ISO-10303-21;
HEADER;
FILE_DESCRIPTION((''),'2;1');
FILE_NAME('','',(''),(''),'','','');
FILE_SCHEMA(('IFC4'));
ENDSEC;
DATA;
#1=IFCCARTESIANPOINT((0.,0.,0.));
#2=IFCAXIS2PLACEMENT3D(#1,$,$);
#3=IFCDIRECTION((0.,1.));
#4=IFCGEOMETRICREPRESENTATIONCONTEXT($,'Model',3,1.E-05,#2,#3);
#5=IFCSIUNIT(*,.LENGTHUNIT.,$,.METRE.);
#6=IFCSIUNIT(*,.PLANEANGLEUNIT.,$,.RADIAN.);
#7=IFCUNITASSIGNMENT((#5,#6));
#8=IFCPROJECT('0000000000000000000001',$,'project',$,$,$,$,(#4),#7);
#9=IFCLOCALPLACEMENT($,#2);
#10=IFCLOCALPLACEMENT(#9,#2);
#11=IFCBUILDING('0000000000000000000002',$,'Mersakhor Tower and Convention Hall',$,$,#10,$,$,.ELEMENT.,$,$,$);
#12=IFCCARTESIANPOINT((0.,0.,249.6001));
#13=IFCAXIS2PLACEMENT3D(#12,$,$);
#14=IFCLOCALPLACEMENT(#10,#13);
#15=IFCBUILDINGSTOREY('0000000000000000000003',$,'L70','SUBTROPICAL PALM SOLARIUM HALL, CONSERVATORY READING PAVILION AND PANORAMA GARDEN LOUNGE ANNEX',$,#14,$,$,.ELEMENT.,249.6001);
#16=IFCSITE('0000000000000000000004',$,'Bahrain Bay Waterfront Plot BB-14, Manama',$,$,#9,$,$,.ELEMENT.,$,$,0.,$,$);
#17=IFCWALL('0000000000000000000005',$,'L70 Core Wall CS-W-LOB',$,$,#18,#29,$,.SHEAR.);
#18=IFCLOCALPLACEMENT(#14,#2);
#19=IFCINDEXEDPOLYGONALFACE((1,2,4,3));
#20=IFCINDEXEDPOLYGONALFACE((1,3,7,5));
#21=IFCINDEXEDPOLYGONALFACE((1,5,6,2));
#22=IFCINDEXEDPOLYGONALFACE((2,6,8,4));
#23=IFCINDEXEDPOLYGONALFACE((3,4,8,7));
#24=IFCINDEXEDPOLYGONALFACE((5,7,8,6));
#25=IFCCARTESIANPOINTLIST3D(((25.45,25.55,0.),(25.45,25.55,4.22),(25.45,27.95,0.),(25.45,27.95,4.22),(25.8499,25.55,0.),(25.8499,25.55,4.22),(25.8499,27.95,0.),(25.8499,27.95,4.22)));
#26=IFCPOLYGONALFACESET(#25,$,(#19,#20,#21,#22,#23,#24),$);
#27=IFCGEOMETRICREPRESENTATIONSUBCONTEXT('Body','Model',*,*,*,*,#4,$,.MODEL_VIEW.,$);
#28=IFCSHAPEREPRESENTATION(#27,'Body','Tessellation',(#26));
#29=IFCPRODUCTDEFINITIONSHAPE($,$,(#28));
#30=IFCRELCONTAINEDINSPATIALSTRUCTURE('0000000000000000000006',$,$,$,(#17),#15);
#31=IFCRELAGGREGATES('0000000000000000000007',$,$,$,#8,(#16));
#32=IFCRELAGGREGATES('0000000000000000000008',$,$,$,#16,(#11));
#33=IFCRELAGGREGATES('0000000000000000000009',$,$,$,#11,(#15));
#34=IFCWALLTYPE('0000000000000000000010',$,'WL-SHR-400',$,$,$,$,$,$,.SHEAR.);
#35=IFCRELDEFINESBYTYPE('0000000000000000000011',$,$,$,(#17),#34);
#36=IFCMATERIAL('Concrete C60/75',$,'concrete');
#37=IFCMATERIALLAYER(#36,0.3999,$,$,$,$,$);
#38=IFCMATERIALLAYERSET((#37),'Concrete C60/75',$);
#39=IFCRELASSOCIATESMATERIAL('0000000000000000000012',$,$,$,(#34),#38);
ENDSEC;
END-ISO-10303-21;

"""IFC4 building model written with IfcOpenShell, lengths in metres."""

from ifc_helpers import new_model, si_unit, direction, frame, frame_2d, origin, place, context, subcontext, project, spatial, rectangle, extrude, material, layer, layer_set, type_object, element, save


model = new_model("IFC4")

# Units and contexts
model_context = context("Model", 3, precision=1e-05, world=origin(), true_north=direction((0.0, 1.0)))
body_context = subcontext(model_context, "Body", "Model", "MODEL_VIEW")
ifc_project = project(units=[si_unit("LENGTHUNIT", "METRE"), si_unit("PLANEANGLEUNIT", "RADIAN")], contexts=[model_context])

# Site, building, storey
site_placement = place(None, origin())
site = spatial("IfcSite", under=ifc_project, at=site_placement, Name="Bahrain Bay Waterfront Plot BB-14, Manama", CompositionType="ELEMENT", RefElevation=0.0)
building_placement = place(site_placement, origin())
building = spatial("IfcBuilding", under=site, at=building_placement, Name="Mersakhor Tower and Convention Hall", CompositionType="ELEMENT")
storey_placement = place(building_placement, frame((0.0, 0.0, 249.6001)))
storey = spatial("IfcBuildingStorey", under=building, at=storey_placement, Name="L70", Description="SUBTROPICAL PALM SOLARIUM HALL, CONSERVATORY READING PAVILION AND PANORAMA GARDEN LOUNGE ANNEX", CompositionType="ELEMENT", Elevation=249.6001)

# Shared definitions
ifc_material_1 = material(Name="Concrete C60/75", Category="concrete")
ifc_layer_1 = layer(ifc_material_1, 0.3999)
ifc_layer_set_1 = layer_set([ifc_layer_1], Name="Concrete C60/75")
wall_type_1 = type_object("IfcWallType", Name="WL-SHR-400", PredefinedType="SHEAR", material=ifc_layer_set_1)

# Wall
wall_1_placement = place(storey_placement, frame((25.6499, 25.55, 0.0), z_axis=(0.0, 0.0, 1.0), x_axis=(0.0, 1.0, 0.0)))
element("IfcWall", 1, at=wall_1_placement, inside=storey, type_object=wall_type_1, Name="L70 Core Wall CS-W-LOB", PredefinedType="SHEAR", context=body_context, shape_type="SweptSolid", body=[
    extrude(rectangle(XDim=2.3999, YDim=0.3999, at=frame_2d((1.2, 0.0))), origin(), (0.0, 0.0, 1.0), 4.22),
])

save(model, "model.ifc")
